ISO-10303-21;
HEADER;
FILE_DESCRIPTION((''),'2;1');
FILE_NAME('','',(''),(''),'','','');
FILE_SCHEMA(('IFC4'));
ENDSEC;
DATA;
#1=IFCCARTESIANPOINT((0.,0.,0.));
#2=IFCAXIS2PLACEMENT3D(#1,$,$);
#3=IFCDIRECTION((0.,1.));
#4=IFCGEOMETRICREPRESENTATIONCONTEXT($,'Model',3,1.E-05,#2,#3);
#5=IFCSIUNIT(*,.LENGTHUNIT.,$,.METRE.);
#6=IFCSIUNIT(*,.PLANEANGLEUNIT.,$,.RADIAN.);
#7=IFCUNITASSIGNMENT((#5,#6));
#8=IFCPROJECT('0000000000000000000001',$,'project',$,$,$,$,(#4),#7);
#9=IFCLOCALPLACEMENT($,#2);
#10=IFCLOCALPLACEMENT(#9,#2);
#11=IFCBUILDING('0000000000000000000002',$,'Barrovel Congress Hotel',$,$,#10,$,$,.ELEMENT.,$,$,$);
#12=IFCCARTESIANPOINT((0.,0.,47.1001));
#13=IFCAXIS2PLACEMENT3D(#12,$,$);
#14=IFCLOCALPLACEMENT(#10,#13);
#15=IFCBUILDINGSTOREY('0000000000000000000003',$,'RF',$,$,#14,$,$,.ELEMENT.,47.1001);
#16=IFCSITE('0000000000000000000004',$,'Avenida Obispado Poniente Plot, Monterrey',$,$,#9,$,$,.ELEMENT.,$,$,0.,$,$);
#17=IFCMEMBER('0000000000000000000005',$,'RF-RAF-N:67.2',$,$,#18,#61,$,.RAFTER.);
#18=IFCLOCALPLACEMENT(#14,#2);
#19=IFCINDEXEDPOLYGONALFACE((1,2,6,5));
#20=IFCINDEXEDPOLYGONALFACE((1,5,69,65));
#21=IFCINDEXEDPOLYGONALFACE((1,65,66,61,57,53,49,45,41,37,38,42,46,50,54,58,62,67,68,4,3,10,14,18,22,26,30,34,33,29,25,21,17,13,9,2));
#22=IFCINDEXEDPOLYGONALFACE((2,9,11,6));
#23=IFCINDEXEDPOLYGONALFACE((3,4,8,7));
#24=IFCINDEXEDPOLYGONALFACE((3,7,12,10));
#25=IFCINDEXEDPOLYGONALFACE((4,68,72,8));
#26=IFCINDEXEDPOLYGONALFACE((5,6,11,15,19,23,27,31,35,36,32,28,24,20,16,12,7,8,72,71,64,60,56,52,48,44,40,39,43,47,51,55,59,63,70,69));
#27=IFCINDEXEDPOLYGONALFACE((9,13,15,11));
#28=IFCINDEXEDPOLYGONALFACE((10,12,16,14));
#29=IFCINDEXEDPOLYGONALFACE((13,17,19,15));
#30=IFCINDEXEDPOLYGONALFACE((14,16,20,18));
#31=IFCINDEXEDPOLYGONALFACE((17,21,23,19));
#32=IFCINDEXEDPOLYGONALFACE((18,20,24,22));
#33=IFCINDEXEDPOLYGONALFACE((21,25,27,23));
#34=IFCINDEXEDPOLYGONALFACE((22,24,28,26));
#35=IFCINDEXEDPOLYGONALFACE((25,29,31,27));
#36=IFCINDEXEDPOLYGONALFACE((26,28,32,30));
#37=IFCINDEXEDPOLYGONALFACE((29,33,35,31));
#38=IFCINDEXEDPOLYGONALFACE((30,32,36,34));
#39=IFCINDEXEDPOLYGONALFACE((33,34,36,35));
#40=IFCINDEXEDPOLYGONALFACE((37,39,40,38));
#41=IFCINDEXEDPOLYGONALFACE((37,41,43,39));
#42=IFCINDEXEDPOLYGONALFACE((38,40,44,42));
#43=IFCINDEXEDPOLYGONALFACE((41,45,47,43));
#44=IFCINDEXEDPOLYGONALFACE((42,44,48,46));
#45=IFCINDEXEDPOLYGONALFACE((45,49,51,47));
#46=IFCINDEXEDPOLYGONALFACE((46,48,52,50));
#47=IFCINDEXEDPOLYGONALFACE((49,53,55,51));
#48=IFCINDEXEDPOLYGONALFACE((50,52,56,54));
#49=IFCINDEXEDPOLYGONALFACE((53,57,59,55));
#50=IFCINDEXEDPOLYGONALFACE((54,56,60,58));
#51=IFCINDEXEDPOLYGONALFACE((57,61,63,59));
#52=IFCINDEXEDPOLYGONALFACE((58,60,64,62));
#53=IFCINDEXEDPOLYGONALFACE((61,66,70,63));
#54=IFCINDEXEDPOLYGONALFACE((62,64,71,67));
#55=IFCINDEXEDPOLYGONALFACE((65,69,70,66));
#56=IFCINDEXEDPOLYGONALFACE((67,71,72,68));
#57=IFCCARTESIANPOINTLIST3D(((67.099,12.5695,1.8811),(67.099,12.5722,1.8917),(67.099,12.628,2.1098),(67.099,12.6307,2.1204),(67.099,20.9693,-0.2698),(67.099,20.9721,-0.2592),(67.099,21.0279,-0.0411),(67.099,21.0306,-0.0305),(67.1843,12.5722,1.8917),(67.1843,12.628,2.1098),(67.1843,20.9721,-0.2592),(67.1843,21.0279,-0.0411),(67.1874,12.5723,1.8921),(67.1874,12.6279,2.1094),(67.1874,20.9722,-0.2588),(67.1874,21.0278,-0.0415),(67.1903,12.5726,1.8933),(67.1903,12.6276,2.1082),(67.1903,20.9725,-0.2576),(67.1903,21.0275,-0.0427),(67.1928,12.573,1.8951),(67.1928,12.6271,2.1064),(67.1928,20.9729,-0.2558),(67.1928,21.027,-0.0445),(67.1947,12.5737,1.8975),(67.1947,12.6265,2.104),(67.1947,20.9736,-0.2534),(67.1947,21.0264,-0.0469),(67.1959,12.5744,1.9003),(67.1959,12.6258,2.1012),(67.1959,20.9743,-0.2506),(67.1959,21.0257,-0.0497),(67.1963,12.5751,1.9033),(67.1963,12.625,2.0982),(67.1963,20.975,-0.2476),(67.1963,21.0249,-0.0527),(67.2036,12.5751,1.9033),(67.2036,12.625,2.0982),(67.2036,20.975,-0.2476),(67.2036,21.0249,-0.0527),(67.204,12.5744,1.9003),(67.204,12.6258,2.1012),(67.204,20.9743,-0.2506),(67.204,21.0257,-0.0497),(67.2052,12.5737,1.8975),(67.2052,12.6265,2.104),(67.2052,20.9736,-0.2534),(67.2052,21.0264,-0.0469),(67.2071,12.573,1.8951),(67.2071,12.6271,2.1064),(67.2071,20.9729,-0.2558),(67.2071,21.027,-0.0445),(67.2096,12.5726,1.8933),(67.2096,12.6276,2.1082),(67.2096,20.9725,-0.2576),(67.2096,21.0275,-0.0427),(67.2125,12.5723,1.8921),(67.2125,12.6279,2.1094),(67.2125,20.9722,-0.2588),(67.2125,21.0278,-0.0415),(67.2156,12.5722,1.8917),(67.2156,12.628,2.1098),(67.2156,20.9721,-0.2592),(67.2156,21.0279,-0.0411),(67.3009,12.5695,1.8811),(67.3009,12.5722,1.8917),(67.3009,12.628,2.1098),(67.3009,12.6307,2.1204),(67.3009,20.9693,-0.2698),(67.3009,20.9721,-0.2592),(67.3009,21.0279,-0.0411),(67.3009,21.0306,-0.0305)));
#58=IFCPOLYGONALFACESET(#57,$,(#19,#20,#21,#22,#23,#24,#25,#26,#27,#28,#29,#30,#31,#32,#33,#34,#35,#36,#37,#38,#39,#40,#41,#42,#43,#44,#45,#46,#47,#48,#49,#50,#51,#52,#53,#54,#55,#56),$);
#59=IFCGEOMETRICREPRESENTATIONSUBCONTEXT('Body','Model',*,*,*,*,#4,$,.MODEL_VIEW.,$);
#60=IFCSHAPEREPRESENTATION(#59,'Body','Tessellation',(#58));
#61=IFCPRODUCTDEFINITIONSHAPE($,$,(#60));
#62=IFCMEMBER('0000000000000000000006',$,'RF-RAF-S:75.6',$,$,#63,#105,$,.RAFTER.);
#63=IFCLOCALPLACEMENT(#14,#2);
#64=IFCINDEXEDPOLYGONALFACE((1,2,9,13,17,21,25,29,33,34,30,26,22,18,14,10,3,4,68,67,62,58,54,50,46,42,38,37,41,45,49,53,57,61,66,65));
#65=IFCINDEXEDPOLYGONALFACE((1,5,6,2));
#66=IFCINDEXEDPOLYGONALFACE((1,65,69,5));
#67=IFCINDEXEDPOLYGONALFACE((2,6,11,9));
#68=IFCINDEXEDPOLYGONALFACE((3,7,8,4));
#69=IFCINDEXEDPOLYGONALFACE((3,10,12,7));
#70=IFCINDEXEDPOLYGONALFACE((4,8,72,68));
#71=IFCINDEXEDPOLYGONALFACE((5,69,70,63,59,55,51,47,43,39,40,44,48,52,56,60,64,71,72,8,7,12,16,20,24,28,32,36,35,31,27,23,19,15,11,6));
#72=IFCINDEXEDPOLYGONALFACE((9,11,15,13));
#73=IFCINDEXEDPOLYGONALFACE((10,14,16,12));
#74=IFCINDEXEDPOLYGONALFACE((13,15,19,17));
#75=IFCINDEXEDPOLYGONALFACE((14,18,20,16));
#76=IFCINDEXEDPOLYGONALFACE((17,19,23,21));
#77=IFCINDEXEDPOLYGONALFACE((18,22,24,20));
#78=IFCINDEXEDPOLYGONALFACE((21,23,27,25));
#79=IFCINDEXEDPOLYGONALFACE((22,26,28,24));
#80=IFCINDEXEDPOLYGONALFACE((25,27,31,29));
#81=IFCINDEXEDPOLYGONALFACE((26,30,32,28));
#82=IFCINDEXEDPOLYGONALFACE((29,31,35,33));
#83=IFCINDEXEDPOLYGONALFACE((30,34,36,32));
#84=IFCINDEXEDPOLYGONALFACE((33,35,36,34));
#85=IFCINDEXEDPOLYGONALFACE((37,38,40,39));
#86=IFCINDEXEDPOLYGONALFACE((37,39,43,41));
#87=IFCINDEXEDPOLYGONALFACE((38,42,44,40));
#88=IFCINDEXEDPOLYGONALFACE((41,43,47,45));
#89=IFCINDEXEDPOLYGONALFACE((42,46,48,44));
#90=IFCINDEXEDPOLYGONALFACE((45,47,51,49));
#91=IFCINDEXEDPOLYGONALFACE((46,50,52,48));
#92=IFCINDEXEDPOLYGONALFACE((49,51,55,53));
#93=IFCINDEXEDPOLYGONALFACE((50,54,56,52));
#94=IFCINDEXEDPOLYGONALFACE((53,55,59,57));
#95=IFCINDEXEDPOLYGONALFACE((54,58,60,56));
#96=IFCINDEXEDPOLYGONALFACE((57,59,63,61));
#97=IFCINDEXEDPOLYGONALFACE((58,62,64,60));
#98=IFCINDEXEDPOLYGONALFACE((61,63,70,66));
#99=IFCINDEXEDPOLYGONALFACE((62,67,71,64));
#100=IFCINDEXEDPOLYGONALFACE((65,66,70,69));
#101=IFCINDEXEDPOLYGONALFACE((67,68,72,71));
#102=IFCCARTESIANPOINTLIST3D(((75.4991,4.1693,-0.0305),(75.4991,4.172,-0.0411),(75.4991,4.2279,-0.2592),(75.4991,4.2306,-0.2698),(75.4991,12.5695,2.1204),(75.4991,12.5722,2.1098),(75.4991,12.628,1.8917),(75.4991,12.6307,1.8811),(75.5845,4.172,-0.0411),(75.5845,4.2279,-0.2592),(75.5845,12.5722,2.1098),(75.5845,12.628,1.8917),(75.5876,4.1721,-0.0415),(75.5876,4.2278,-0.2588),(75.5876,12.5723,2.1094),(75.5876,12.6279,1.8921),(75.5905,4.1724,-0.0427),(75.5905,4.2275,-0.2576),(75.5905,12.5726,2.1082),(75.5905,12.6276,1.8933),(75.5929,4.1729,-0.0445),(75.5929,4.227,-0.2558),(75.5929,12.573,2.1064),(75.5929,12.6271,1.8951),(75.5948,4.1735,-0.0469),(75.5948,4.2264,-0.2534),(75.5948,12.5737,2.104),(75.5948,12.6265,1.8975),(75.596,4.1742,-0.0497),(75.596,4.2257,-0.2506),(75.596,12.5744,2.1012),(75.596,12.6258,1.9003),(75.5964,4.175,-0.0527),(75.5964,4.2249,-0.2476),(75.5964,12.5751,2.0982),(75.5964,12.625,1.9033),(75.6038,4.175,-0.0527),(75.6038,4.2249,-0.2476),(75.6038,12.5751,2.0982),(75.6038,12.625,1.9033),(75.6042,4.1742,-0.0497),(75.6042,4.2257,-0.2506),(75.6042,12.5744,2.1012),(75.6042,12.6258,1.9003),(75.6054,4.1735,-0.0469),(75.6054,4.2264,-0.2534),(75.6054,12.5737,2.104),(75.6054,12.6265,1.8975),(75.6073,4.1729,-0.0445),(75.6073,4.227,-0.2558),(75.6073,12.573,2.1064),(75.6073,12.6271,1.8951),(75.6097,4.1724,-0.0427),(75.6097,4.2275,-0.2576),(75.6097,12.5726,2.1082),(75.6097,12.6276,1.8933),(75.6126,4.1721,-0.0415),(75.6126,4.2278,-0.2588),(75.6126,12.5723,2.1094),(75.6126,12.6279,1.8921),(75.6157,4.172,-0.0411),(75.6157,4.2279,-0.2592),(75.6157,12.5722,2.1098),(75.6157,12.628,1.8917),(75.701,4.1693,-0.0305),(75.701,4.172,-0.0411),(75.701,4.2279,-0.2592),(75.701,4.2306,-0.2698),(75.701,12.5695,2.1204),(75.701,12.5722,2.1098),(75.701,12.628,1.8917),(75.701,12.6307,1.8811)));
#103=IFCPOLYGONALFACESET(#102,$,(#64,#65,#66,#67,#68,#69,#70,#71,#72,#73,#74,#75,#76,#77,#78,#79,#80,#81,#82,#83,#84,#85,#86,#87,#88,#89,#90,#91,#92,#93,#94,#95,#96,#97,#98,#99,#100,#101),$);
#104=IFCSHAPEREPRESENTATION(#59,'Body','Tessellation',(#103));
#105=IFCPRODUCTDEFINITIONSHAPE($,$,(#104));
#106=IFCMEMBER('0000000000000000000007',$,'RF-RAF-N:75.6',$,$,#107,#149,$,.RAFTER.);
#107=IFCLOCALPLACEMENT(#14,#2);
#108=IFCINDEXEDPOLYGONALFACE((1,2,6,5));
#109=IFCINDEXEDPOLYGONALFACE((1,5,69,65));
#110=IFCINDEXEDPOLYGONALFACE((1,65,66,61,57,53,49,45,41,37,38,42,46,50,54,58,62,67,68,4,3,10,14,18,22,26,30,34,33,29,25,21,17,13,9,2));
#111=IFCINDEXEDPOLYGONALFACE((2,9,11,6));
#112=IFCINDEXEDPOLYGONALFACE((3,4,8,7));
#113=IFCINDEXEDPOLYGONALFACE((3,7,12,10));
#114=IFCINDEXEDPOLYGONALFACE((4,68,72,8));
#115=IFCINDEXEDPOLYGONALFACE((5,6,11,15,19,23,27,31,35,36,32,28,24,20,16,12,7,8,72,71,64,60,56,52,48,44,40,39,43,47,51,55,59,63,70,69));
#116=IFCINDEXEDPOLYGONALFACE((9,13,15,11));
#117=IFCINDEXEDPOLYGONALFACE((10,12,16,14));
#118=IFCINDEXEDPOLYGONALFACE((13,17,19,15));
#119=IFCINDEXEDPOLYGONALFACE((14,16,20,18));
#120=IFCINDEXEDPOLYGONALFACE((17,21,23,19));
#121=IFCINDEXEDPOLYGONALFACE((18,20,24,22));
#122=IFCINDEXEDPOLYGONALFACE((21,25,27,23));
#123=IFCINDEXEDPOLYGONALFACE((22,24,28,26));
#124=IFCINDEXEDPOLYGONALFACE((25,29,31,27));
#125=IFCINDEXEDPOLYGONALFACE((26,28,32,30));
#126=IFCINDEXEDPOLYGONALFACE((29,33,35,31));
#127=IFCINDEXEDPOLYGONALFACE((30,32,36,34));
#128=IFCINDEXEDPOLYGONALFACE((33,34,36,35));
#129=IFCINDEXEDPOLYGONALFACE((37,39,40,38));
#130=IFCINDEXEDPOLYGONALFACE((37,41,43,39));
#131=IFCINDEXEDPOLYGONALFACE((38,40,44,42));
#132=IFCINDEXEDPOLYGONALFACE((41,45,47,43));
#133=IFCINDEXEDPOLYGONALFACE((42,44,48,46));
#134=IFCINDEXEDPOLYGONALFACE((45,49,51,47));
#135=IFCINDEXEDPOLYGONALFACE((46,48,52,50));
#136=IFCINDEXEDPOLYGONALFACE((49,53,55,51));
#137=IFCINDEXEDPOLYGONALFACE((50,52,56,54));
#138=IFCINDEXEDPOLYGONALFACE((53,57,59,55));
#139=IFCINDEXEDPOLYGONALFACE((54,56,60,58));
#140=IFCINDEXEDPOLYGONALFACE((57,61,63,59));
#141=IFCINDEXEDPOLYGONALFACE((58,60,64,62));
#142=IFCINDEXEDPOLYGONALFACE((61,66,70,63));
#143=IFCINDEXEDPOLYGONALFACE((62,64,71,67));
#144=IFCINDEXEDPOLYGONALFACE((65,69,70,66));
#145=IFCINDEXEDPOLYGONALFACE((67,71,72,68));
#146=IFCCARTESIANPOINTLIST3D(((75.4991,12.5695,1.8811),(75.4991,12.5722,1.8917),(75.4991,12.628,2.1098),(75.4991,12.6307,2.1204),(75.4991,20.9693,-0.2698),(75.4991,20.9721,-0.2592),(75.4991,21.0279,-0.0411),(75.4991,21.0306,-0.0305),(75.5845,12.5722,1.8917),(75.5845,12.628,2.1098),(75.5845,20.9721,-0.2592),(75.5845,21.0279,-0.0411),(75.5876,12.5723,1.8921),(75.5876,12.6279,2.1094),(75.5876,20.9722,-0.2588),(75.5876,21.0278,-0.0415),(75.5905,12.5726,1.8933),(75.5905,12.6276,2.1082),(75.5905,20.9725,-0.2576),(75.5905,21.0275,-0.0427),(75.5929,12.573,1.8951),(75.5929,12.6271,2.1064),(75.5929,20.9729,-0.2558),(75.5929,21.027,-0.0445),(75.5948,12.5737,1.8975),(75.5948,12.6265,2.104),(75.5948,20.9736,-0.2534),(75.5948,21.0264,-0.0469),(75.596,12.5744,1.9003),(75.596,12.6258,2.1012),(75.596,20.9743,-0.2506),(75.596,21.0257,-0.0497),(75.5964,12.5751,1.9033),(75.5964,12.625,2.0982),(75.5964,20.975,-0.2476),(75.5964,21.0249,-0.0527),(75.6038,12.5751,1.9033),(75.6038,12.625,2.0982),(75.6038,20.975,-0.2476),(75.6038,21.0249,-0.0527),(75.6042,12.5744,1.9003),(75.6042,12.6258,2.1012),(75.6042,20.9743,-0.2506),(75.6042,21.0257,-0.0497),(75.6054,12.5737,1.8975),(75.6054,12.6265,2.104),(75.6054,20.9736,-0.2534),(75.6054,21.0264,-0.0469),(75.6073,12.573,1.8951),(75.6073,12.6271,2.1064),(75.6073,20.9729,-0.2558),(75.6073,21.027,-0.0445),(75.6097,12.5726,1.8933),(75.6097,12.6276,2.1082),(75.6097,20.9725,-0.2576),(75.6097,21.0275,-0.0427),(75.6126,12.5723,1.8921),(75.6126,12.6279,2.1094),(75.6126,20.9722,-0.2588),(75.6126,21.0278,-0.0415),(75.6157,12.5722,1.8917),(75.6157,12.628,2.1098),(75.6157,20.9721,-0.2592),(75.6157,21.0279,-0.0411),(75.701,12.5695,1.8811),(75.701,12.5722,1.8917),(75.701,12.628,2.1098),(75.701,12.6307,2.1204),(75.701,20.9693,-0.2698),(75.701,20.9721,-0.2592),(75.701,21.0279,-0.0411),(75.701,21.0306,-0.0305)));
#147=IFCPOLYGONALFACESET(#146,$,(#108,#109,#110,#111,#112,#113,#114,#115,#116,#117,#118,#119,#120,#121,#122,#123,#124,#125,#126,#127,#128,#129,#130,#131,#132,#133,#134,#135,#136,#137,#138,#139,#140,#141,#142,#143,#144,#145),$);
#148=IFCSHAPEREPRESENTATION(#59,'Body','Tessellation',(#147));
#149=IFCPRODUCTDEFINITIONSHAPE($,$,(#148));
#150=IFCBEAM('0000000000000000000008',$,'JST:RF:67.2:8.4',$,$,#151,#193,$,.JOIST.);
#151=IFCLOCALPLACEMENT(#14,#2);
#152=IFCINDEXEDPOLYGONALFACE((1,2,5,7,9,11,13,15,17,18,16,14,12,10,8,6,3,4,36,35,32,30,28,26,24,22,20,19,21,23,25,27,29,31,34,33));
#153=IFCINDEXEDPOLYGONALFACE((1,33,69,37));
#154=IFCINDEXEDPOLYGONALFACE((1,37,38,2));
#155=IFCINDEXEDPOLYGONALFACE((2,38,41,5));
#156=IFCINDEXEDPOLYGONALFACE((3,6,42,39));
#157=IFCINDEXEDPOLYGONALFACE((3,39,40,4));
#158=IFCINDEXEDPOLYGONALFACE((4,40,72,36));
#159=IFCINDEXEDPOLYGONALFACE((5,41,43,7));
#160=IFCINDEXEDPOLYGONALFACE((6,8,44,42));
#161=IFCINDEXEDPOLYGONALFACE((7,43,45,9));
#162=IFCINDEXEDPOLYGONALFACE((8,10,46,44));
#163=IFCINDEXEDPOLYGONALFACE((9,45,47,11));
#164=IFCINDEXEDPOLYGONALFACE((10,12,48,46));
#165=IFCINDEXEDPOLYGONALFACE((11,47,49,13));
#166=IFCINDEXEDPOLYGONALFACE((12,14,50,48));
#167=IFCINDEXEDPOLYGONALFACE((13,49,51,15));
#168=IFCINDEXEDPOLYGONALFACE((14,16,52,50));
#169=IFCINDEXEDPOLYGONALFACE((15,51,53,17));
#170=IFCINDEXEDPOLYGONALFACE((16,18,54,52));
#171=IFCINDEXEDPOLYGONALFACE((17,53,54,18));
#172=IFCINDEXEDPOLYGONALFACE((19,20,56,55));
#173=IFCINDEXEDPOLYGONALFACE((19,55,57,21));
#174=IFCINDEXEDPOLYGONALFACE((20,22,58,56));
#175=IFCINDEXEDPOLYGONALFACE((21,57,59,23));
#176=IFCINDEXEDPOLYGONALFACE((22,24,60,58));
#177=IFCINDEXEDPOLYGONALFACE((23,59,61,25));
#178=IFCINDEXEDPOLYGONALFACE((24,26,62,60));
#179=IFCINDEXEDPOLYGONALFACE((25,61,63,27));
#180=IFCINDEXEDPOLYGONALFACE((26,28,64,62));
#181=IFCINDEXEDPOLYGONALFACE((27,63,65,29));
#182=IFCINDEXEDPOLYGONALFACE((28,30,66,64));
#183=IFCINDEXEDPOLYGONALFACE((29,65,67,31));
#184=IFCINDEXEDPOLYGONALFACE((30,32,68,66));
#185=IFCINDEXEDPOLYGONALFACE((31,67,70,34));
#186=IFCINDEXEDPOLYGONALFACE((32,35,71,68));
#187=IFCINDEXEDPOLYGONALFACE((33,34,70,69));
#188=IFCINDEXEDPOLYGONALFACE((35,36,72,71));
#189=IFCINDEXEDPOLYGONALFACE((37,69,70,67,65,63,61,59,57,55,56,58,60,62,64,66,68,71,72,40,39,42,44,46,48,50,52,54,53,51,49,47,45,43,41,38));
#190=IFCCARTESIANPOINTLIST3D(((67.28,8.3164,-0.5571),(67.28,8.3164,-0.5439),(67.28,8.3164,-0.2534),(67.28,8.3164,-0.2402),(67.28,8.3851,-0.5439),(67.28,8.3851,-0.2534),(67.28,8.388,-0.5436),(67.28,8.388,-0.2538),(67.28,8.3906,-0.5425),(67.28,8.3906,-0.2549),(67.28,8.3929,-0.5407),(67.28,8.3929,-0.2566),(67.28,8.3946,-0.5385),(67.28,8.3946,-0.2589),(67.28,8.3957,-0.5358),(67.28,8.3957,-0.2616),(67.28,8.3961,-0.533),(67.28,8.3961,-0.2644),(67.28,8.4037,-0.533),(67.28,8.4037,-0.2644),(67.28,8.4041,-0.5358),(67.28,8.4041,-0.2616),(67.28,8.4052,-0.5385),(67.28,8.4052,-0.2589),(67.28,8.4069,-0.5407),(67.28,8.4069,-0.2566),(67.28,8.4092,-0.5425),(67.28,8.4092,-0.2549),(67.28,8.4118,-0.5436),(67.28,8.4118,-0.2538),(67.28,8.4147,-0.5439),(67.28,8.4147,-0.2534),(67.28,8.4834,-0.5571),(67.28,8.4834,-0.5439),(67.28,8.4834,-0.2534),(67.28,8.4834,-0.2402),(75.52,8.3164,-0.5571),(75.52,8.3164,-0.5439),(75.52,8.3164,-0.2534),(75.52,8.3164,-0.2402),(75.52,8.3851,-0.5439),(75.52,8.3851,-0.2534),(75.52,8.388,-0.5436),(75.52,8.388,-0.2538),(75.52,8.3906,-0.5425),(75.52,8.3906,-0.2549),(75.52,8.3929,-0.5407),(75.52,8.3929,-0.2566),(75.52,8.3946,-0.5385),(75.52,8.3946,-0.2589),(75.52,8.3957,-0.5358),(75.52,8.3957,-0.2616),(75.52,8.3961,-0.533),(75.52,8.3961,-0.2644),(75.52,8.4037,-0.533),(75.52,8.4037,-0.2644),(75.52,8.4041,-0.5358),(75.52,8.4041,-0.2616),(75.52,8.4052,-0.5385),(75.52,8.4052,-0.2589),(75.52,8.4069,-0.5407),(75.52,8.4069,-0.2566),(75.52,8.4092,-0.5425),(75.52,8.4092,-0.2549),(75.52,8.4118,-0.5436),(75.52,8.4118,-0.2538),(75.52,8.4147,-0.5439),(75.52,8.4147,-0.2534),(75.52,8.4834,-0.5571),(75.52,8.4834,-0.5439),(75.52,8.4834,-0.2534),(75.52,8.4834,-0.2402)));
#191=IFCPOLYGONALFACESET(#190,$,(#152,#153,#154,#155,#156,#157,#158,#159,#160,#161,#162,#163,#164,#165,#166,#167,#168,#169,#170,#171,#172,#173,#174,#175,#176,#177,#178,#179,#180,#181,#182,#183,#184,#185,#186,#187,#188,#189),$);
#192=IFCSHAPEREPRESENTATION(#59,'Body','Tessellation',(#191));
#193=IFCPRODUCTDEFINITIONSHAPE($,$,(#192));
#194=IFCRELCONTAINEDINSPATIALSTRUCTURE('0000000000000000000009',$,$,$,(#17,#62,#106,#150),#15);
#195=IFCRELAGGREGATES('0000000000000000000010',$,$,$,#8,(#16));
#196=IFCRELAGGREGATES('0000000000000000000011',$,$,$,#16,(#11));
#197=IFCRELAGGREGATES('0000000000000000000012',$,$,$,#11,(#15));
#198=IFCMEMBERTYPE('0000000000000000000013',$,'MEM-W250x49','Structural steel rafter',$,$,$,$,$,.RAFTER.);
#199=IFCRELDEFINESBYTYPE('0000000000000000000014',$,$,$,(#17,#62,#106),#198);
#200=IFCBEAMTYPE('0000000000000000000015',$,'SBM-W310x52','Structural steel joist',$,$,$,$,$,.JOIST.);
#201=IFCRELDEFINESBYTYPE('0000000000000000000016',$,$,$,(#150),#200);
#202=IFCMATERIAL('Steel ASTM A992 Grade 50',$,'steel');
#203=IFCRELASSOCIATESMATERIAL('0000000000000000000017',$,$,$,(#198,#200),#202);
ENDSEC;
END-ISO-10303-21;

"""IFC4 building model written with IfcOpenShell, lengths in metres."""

from ifc_helpers import new_model, si_unit, direction, frame, origin, origin_2d, place, context, subcontext, project, spatial, i_section, extrude, material, material_profile, profile_set, type_object, element, save


model = new_model("IFC4")

# Units and contexts
model_context = context("Model", 3, precision=1e-05, world=origin(), true_north=direction((0.0, 1.0)))
body_context = subcontext(model_context, "Body", "Model", "MODEL_VIEW")
ifc_project = project(units=[si_unit("LENGTHUNIT", "METRE"), si_unit("PLANEANGLEUNIT", "RADIAN")], contexts=[model_context])

# Site, building, storey
site_placement = place(None, origin())
site = spatial("IfcSite", under=ifc_project, at=site_placement, Name="Avenida Obispado Poniente Plot, Monterrey", CompositionType="ELEMENT", RefElevation=0.0)
building_placement = place(site_placement, origin())
building = spatial("IfcBuilding", under=site, at=building_placement, Name="Barrovel Congress Hotel", CompositionType="ELEMENT")
storey_placement = place(building_placement, frame((0.0, 0.0, 47.1001)))
storey = spatial("IfcBuildingStorey", under=building, at=storey_placement, Name="RF", CompositionType="ELEMENT", Elevation=47.1001)

# Members
ifc_material_1 = material(Name="Steel ASTM A992 Grade 50", Category="steel")
ifc_material_profile_1 = material_profile(ifc_material_1, i_section(OverallWidth=0.2019, OverallDepth=0.2471, WebThickness=0.0073, FlangeThickness=0.011, FilletRadius=0.012, at=origin_2d()), Name="W250x49")
ifc_profile_set_1 = profile_set([ifc_material_profile_1], Name="Steel ASTM A992 Grade 50")
member_type_1 = type_object("IfcMemberType", Name="MEM-W250x49", Description="Structural steel rafter", PredefinedType="RAFTER", material=ifc_profile_set_1)
member_1_placement = place(storey_placement, frame((67.2, 12.6001, 2.0007), z_axis=(0.0, 0.968745, -0.248057), x_axis=(-1.0, 0.0, 0.0)))
element("IfcMember", 1, at=member_1_placement, inside=storey, type_object=member_type_1, Name="RF-RAF-N:67.2", PredefinedType="RAFTER", context=body_context, shape_type="SweptSolid", body=[
    extrude(i_section(OverallWidth=0.2019, OverallDepth=0.2471, WebThickness=0.0073, FlangeThickness=0.011, FilletRadius=0.012, at=origin_2d()), origin(), (0.0, 0.0, 1.0), 8.6709),
])
member_2_placement = place(storey_placement, frame((75.6001, 4.2, -0.1501), z_axis=(0.0, 0.968747, 0.24805), x_axis=(-1.0, 0.0, 0.0)))
element("IfcMember", 2, at=member_2_placement, inside=storey, type_object=member_type_1, Name="RF-RAF-S:75.6", PredefinedType="RAFTER", context=body_context, shape_type="SweptSolid", body=[
    extrude(i_section(OverallWidth=0.2019, OverallDepth=0.2471, WebThickness=0.0073, FlangeThickness=0.011, FilletRadius=0.012, at=origin_2d()), origin(), (0.0, 0.0, 1.0), 8.6711),
])
member_3_placement = place(storey_placement, frame((75.6001, 12.6001, 2.0007), z_axis=(0.0, 0.968745, -0.248057), x_axis=(-1.0, 0.0, 0.0)))
element("IfcMember", 3, at=member_3_placement, inside=storey, type_object=member_type_1, Name="RF-RAF-N:75.6", PredefinedType="RAFTER", context=body_context, shape_type="SweptSolid", body=[
    extrude(i_section(OverallWidth=0.2019, OverallDepth=0.2471, WebThickness=0.0073, FlangeThickness=0.011, FilletRadius=0.012, at=origin_2d()), origin(), (0.0, 0.0, 1.0), 8.6709),
])

# Beam
ifc_material_profile_2 = material_profile(ifc_material_1, i_section(OverallWidth=0.167, OverallDepth=0.3169, WebThickness=0.0076, FlangeThickness=0.0132, FilletRadius=0.011, at=origin_2d()), Name="W310x52")
ifc_profile_set_2 = profile_set([ifc_material_profile_2], Name="Steel ASTM A992 Grade 50")
beam_type_1 = type_object("IfcBeamType", Name="SBM-W310x52", Description="Structural steel joist", PredefinedType="JOIST", material=ifc_profile_set_2)
beam_1_placement = place(storey_placement, frame((67.28, 8.3999, -0.3987), z_axis=(1.0, 0.0, 0.0), x_axis=(0.0, 1.0, 0.0)))
element("IfcBeam", 4, at=beam_1_placement, inside=storey, type_object=beam_type_1, Name="JST:RF:67.2:8.4", PredefinedType="JOIST", context=body_context, shape_type="SweptSolid", body=[
    extrude(i_section(OverallWidth=0.167, OverallDepth=0.3169, WebThickness=0.0076, FlangeThickness=0.0132, FilletRadius=0.011, at=origin_2d()), origin(), (0.0, 0.0, 1.0), 8.24),
])

save(model, "model.ifc")
